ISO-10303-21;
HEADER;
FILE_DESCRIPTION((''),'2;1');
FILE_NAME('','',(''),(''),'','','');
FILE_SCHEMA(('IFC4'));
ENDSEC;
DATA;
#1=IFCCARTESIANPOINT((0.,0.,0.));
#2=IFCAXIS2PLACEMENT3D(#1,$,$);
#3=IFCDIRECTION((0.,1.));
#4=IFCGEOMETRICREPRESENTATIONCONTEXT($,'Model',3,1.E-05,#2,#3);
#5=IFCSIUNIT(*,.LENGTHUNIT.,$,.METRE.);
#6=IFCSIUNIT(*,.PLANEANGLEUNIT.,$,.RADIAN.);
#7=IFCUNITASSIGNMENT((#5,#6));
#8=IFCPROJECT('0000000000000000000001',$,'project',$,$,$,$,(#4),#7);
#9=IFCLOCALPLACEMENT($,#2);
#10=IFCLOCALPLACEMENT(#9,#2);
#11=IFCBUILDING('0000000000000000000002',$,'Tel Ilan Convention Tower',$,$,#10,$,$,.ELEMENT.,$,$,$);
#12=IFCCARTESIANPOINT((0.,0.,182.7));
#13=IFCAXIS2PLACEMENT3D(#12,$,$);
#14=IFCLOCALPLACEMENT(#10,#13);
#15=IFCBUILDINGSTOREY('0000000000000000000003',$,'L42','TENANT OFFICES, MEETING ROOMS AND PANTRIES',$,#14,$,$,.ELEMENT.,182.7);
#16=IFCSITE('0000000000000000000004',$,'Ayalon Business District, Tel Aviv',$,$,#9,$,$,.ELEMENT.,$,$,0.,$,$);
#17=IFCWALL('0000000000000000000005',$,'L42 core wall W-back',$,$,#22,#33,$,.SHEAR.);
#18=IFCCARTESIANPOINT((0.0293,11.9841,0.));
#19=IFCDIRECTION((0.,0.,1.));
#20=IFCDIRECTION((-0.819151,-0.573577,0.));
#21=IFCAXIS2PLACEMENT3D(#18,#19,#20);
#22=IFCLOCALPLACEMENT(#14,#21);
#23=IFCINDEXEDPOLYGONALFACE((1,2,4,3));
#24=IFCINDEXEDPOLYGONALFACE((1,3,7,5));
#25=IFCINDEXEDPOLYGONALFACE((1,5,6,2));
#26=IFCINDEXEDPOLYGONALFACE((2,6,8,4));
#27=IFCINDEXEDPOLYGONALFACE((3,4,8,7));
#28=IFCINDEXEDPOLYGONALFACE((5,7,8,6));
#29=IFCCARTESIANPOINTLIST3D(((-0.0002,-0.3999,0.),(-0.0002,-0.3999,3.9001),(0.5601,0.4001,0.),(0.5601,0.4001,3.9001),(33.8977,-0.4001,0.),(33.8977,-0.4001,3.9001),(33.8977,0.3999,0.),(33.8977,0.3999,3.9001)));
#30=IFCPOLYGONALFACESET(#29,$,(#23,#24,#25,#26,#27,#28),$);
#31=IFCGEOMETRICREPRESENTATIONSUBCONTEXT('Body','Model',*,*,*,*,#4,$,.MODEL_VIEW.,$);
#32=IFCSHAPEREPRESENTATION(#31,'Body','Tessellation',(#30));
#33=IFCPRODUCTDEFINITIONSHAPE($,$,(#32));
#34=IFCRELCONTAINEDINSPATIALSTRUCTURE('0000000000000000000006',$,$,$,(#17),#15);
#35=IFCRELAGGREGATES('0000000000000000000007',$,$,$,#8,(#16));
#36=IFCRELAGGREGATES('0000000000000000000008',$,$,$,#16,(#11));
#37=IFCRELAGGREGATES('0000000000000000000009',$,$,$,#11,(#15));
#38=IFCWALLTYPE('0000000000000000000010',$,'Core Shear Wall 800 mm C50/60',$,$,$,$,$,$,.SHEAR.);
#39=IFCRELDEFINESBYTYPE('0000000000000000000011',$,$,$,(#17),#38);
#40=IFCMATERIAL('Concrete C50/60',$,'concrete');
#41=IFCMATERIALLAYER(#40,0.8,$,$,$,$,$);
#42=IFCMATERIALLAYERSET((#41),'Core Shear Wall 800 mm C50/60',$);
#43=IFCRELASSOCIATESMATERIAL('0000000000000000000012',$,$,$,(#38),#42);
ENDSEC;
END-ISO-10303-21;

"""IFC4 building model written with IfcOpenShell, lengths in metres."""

from ifc_helpers import new_model, si_unit, direction, frame, origin, place, context, subcontext, project, spatial, polyline, outline, extrude, material, layer, layer_set, type_object, element, save


model = new_model("IFC4")

# Units and contexts
model_context = context("Model", 3, precision=1e-05, world=origin(), true_north=direction((0.0, 1.0)))
body_context = subcontext(model_context, "Body", "Model", "MODEL_VIEW")
ifc_project = project(units=[si_unit("LENGTHUNIT", "METRE"), si_unit("PLANEANGLEUNIT", "RADIAN")], contexts=[model_context])

# Site, building, storey
site_placement = place(None, origin())
site = spatial("IfcSite", under=ifc_project, at=site_placement, Name="Ayalon Business District, Tel Aviv", CompositionType="ELEMENT", RefElevation=0.0)
building_placement = place(site_placement, origin())
building = spatial("IfcBuilding", under=site, at=building_placement, Name="Tel Ilan Convention Tower", CompositionType="ELEMENT")
storey_placement = place(building_placement, frame((0.0, 0.0, 182.7)))
storey = spatial("IfcBuildingStorey", under=building, at=storey_placement, Name="L42", Description="TENANT OFFICES, MEETING ROOMS AND PANTRIES", CompositionType="ELEMENT", Elevation=182.7)

# Wall
ifc_material_1 = material(Name="Concrete C50/60", Category="concrete")
ifc_layer_1 = layer(ifc_material_1, 0.8)
ifc_layer_set_1 = layer_set([ifc_layer_1], Name="Core Shear Wall 800 mm C50/60")
wall_type_1 = type_object("IfcWallType", Name="Core Shear Wall 800 mm C50/60", PredefinedType="SHEAR", material=ifc_layer_set_1)
wall_1_placement = place(storey_placement, frame((0.0293, 11.9841, 0.0), z_axis=(0.0, 0.0, 1.0), x_axis=(-0.819151, -0.573577, 0.0)))
element("IfcWall", 1, at=wall_1_placement, inside=storey, type_object=wall_type_1, Name="L42 core wall W-back", PredefinedType="SHEAR", context=body_context, shape_type="SweptSolid", body=[
    extrude(outline(polyline([(33.8977, 0.3999), (0.5601, 0.4001), (-0.0002, -0.3999), (33.8977, -0.4001), (33.8977, 0.3999)])), origin(), (0.0, 0.0, 1.0), 3.9001),
])

save(model, "model.ifc")
